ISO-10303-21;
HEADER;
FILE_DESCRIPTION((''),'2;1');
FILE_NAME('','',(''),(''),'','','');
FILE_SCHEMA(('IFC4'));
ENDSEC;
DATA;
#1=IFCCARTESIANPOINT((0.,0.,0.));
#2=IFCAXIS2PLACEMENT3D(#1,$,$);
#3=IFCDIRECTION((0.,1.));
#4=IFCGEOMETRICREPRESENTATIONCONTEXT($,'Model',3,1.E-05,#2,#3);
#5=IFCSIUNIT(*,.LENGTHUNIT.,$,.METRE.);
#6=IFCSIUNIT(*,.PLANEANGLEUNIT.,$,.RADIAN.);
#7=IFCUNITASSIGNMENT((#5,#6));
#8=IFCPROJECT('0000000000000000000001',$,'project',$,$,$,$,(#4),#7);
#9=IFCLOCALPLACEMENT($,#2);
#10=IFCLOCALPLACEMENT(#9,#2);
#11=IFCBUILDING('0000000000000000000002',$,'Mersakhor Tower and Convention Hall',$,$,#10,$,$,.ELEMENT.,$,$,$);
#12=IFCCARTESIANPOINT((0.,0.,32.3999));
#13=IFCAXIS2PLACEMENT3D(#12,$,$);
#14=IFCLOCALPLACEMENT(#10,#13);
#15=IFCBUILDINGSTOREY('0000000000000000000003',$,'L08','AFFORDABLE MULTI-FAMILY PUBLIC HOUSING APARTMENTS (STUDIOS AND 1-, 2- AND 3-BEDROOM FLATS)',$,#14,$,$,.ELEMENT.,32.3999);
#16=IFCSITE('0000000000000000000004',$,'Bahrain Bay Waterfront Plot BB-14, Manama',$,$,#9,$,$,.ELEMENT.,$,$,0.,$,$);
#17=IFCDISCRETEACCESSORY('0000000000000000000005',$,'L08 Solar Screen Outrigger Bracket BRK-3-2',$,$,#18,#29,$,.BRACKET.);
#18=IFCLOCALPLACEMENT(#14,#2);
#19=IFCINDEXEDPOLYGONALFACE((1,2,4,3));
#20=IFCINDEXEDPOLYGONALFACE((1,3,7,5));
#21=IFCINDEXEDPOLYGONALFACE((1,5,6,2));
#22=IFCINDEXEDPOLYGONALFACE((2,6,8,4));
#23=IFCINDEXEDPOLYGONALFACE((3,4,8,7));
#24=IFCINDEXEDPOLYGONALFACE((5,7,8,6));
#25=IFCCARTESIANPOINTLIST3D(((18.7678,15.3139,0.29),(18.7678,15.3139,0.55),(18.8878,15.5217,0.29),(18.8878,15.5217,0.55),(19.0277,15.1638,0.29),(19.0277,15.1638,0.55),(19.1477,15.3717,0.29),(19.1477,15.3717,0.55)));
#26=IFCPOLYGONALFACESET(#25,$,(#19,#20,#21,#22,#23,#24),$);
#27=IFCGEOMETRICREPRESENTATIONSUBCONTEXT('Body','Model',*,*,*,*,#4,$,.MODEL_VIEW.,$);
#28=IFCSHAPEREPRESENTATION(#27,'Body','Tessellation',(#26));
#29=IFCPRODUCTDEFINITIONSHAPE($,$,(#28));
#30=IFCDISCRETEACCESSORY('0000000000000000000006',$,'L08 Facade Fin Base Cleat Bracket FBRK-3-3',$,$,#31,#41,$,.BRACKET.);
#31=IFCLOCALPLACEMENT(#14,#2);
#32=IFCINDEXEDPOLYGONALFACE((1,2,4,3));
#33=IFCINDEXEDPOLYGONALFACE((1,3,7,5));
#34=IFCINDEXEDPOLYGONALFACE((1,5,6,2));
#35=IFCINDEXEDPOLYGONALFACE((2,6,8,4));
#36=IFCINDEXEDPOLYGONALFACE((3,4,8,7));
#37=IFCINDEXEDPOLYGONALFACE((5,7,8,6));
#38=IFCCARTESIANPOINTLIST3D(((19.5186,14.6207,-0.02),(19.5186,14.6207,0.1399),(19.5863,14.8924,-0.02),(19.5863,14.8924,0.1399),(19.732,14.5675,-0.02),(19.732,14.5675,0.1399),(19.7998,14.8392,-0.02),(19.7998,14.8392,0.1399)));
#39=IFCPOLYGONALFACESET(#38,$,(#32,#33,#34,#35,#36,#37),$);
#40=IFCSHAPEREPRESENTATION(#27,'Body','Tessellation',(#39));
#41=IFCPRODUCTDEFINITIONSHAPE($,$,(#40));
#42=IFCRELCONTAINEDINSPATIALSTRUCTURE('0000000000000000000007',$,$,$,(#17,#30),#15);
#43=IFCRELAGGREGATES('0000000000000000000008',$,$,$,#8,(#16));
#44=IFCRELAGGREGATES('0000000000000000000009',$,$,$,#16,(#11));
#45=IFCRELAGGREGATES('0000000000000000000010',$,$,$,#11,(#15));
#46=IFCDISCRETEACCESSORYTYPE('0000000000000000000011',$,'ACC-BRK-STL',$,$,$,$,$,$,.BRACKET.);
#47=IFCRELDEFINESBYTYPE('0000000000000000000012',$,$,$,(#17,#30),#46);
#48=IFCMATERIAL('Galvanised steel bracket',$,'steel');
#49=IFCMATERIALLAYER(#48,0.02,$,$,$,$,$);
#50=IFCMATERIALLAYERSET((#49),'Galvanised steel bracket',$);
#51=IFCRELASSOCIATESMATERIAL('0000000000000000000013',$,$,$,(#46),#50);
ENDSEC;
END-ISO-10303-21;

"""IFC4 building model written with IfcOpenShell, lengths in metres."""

from ifc_helpers import new_model, si_unit, direction, frame, origin, origin_2d, place, context, subcontext, project, spatial, rectangle, extrude, material, layer, layer_set, type_object, element, save


model = new_model("IFC4")

# Units and contexts
model_context = context("Model", 3, precision=1e-05, world=origin(), true_north=direction((0.0, 1.0)))
body_context = subcontext(model_context, "Body", "Model", "MODEL_VIEW")
ifc_project = project(units=[si_unit("LENGTHUNIT", "METRE"), si_unit("PLANEANGLEUNIT", "RADIAN")], contexts=[model_context])

# Site, building, storey
site_placement = place(None, origin())
site = spatial("IfcSite", under=ifc_project, at=site_placement, Name="Bahrain Bay Waterfront Plot BB-14, Manama", CompositionType="ELEMENT", RefElevation=0.0)
building_placement = place(site_placement, origin())
building = spatial("IfcBuilding", under=site, at=building_placement, Name="Mersakhor Tower and Convention Hall", CompositionType="ELEMENT")
storey_placement = place(building_placement, frame((0.0, 0.0, 32.3999)))
storey = spatial("IfcBuildingStorey", under=building, at=storey_placement, Name="L08", Description="AFFORDABLE MULTI-FAMILY PUBLIC HOUSING APARTMENTS (STUDIOS AND 1-, 2- AND 3-BEDROOM FLATS)", CompositionType="ELEMENT", Elevation=32.3999)

# Discrete accessories
ifc_material_1 = material(Name="Galvanised steel bracket", Category="steel")
ifc_layer_1 = layer(ifc_material_1, 0.02)
ifc_layer_set_1 = layer_set([ifc_layer_1], Name="Galvanised steel bracket")
discrete_accessory_type = type_object("IfcDiscreteAccessoryType", Name="ACC-BRK-STL", PredefinedType="BRACKET", material=ifc_layer_set_1)
discrete_accessory_1_placement = place(storey_placement, frame((18.9578, 15.3428, 0.29), z_axis=(0.0, 0.0, 1.0), x_axis=(-0.866025, 0.5, 0.0)))
element("IfcDiscreteAccessory", 1, at=discrete_accessory_1_placement, inside=storey, type_object=discrete_accessory_type, Name="L08 Solar Screen Outrigger Bracket BRK-3-2", PredefinedType="BRACKET", context=body_context, shape_type="SweptSolid", body=[
    extrude(rectangle(XDim=0.3, YDim=0.24, at=origin_2d()), origin(), (0.0, 0.0, 1.0), 0.26),
])
discrete_accessory_2_placement = place(storey_placement, frame((19.6592, 14.73, -0.02), z_axis=(0.0, 0.0, 1.0), x_axis=(-0.241922, -0.970296, 0.0)))
element("IfcDiscreteAccessory", 2, at=discrete_accessory_2_placement, inside=storey, type_object=discrete_accessory_type, Name="L08 Facade Fin Base Cleat Bracket FBRK-3-3", PredefinedType="BRACKET", context=body_context, shape_type="SweptSolid", body=[
    extrude(rectangle(XDim=0.28, YDim=0.22, at=origin_2d()), origin(), (0.0, 0.0, 1.0), 0.1599),
])

save(model, "model.ifc")
